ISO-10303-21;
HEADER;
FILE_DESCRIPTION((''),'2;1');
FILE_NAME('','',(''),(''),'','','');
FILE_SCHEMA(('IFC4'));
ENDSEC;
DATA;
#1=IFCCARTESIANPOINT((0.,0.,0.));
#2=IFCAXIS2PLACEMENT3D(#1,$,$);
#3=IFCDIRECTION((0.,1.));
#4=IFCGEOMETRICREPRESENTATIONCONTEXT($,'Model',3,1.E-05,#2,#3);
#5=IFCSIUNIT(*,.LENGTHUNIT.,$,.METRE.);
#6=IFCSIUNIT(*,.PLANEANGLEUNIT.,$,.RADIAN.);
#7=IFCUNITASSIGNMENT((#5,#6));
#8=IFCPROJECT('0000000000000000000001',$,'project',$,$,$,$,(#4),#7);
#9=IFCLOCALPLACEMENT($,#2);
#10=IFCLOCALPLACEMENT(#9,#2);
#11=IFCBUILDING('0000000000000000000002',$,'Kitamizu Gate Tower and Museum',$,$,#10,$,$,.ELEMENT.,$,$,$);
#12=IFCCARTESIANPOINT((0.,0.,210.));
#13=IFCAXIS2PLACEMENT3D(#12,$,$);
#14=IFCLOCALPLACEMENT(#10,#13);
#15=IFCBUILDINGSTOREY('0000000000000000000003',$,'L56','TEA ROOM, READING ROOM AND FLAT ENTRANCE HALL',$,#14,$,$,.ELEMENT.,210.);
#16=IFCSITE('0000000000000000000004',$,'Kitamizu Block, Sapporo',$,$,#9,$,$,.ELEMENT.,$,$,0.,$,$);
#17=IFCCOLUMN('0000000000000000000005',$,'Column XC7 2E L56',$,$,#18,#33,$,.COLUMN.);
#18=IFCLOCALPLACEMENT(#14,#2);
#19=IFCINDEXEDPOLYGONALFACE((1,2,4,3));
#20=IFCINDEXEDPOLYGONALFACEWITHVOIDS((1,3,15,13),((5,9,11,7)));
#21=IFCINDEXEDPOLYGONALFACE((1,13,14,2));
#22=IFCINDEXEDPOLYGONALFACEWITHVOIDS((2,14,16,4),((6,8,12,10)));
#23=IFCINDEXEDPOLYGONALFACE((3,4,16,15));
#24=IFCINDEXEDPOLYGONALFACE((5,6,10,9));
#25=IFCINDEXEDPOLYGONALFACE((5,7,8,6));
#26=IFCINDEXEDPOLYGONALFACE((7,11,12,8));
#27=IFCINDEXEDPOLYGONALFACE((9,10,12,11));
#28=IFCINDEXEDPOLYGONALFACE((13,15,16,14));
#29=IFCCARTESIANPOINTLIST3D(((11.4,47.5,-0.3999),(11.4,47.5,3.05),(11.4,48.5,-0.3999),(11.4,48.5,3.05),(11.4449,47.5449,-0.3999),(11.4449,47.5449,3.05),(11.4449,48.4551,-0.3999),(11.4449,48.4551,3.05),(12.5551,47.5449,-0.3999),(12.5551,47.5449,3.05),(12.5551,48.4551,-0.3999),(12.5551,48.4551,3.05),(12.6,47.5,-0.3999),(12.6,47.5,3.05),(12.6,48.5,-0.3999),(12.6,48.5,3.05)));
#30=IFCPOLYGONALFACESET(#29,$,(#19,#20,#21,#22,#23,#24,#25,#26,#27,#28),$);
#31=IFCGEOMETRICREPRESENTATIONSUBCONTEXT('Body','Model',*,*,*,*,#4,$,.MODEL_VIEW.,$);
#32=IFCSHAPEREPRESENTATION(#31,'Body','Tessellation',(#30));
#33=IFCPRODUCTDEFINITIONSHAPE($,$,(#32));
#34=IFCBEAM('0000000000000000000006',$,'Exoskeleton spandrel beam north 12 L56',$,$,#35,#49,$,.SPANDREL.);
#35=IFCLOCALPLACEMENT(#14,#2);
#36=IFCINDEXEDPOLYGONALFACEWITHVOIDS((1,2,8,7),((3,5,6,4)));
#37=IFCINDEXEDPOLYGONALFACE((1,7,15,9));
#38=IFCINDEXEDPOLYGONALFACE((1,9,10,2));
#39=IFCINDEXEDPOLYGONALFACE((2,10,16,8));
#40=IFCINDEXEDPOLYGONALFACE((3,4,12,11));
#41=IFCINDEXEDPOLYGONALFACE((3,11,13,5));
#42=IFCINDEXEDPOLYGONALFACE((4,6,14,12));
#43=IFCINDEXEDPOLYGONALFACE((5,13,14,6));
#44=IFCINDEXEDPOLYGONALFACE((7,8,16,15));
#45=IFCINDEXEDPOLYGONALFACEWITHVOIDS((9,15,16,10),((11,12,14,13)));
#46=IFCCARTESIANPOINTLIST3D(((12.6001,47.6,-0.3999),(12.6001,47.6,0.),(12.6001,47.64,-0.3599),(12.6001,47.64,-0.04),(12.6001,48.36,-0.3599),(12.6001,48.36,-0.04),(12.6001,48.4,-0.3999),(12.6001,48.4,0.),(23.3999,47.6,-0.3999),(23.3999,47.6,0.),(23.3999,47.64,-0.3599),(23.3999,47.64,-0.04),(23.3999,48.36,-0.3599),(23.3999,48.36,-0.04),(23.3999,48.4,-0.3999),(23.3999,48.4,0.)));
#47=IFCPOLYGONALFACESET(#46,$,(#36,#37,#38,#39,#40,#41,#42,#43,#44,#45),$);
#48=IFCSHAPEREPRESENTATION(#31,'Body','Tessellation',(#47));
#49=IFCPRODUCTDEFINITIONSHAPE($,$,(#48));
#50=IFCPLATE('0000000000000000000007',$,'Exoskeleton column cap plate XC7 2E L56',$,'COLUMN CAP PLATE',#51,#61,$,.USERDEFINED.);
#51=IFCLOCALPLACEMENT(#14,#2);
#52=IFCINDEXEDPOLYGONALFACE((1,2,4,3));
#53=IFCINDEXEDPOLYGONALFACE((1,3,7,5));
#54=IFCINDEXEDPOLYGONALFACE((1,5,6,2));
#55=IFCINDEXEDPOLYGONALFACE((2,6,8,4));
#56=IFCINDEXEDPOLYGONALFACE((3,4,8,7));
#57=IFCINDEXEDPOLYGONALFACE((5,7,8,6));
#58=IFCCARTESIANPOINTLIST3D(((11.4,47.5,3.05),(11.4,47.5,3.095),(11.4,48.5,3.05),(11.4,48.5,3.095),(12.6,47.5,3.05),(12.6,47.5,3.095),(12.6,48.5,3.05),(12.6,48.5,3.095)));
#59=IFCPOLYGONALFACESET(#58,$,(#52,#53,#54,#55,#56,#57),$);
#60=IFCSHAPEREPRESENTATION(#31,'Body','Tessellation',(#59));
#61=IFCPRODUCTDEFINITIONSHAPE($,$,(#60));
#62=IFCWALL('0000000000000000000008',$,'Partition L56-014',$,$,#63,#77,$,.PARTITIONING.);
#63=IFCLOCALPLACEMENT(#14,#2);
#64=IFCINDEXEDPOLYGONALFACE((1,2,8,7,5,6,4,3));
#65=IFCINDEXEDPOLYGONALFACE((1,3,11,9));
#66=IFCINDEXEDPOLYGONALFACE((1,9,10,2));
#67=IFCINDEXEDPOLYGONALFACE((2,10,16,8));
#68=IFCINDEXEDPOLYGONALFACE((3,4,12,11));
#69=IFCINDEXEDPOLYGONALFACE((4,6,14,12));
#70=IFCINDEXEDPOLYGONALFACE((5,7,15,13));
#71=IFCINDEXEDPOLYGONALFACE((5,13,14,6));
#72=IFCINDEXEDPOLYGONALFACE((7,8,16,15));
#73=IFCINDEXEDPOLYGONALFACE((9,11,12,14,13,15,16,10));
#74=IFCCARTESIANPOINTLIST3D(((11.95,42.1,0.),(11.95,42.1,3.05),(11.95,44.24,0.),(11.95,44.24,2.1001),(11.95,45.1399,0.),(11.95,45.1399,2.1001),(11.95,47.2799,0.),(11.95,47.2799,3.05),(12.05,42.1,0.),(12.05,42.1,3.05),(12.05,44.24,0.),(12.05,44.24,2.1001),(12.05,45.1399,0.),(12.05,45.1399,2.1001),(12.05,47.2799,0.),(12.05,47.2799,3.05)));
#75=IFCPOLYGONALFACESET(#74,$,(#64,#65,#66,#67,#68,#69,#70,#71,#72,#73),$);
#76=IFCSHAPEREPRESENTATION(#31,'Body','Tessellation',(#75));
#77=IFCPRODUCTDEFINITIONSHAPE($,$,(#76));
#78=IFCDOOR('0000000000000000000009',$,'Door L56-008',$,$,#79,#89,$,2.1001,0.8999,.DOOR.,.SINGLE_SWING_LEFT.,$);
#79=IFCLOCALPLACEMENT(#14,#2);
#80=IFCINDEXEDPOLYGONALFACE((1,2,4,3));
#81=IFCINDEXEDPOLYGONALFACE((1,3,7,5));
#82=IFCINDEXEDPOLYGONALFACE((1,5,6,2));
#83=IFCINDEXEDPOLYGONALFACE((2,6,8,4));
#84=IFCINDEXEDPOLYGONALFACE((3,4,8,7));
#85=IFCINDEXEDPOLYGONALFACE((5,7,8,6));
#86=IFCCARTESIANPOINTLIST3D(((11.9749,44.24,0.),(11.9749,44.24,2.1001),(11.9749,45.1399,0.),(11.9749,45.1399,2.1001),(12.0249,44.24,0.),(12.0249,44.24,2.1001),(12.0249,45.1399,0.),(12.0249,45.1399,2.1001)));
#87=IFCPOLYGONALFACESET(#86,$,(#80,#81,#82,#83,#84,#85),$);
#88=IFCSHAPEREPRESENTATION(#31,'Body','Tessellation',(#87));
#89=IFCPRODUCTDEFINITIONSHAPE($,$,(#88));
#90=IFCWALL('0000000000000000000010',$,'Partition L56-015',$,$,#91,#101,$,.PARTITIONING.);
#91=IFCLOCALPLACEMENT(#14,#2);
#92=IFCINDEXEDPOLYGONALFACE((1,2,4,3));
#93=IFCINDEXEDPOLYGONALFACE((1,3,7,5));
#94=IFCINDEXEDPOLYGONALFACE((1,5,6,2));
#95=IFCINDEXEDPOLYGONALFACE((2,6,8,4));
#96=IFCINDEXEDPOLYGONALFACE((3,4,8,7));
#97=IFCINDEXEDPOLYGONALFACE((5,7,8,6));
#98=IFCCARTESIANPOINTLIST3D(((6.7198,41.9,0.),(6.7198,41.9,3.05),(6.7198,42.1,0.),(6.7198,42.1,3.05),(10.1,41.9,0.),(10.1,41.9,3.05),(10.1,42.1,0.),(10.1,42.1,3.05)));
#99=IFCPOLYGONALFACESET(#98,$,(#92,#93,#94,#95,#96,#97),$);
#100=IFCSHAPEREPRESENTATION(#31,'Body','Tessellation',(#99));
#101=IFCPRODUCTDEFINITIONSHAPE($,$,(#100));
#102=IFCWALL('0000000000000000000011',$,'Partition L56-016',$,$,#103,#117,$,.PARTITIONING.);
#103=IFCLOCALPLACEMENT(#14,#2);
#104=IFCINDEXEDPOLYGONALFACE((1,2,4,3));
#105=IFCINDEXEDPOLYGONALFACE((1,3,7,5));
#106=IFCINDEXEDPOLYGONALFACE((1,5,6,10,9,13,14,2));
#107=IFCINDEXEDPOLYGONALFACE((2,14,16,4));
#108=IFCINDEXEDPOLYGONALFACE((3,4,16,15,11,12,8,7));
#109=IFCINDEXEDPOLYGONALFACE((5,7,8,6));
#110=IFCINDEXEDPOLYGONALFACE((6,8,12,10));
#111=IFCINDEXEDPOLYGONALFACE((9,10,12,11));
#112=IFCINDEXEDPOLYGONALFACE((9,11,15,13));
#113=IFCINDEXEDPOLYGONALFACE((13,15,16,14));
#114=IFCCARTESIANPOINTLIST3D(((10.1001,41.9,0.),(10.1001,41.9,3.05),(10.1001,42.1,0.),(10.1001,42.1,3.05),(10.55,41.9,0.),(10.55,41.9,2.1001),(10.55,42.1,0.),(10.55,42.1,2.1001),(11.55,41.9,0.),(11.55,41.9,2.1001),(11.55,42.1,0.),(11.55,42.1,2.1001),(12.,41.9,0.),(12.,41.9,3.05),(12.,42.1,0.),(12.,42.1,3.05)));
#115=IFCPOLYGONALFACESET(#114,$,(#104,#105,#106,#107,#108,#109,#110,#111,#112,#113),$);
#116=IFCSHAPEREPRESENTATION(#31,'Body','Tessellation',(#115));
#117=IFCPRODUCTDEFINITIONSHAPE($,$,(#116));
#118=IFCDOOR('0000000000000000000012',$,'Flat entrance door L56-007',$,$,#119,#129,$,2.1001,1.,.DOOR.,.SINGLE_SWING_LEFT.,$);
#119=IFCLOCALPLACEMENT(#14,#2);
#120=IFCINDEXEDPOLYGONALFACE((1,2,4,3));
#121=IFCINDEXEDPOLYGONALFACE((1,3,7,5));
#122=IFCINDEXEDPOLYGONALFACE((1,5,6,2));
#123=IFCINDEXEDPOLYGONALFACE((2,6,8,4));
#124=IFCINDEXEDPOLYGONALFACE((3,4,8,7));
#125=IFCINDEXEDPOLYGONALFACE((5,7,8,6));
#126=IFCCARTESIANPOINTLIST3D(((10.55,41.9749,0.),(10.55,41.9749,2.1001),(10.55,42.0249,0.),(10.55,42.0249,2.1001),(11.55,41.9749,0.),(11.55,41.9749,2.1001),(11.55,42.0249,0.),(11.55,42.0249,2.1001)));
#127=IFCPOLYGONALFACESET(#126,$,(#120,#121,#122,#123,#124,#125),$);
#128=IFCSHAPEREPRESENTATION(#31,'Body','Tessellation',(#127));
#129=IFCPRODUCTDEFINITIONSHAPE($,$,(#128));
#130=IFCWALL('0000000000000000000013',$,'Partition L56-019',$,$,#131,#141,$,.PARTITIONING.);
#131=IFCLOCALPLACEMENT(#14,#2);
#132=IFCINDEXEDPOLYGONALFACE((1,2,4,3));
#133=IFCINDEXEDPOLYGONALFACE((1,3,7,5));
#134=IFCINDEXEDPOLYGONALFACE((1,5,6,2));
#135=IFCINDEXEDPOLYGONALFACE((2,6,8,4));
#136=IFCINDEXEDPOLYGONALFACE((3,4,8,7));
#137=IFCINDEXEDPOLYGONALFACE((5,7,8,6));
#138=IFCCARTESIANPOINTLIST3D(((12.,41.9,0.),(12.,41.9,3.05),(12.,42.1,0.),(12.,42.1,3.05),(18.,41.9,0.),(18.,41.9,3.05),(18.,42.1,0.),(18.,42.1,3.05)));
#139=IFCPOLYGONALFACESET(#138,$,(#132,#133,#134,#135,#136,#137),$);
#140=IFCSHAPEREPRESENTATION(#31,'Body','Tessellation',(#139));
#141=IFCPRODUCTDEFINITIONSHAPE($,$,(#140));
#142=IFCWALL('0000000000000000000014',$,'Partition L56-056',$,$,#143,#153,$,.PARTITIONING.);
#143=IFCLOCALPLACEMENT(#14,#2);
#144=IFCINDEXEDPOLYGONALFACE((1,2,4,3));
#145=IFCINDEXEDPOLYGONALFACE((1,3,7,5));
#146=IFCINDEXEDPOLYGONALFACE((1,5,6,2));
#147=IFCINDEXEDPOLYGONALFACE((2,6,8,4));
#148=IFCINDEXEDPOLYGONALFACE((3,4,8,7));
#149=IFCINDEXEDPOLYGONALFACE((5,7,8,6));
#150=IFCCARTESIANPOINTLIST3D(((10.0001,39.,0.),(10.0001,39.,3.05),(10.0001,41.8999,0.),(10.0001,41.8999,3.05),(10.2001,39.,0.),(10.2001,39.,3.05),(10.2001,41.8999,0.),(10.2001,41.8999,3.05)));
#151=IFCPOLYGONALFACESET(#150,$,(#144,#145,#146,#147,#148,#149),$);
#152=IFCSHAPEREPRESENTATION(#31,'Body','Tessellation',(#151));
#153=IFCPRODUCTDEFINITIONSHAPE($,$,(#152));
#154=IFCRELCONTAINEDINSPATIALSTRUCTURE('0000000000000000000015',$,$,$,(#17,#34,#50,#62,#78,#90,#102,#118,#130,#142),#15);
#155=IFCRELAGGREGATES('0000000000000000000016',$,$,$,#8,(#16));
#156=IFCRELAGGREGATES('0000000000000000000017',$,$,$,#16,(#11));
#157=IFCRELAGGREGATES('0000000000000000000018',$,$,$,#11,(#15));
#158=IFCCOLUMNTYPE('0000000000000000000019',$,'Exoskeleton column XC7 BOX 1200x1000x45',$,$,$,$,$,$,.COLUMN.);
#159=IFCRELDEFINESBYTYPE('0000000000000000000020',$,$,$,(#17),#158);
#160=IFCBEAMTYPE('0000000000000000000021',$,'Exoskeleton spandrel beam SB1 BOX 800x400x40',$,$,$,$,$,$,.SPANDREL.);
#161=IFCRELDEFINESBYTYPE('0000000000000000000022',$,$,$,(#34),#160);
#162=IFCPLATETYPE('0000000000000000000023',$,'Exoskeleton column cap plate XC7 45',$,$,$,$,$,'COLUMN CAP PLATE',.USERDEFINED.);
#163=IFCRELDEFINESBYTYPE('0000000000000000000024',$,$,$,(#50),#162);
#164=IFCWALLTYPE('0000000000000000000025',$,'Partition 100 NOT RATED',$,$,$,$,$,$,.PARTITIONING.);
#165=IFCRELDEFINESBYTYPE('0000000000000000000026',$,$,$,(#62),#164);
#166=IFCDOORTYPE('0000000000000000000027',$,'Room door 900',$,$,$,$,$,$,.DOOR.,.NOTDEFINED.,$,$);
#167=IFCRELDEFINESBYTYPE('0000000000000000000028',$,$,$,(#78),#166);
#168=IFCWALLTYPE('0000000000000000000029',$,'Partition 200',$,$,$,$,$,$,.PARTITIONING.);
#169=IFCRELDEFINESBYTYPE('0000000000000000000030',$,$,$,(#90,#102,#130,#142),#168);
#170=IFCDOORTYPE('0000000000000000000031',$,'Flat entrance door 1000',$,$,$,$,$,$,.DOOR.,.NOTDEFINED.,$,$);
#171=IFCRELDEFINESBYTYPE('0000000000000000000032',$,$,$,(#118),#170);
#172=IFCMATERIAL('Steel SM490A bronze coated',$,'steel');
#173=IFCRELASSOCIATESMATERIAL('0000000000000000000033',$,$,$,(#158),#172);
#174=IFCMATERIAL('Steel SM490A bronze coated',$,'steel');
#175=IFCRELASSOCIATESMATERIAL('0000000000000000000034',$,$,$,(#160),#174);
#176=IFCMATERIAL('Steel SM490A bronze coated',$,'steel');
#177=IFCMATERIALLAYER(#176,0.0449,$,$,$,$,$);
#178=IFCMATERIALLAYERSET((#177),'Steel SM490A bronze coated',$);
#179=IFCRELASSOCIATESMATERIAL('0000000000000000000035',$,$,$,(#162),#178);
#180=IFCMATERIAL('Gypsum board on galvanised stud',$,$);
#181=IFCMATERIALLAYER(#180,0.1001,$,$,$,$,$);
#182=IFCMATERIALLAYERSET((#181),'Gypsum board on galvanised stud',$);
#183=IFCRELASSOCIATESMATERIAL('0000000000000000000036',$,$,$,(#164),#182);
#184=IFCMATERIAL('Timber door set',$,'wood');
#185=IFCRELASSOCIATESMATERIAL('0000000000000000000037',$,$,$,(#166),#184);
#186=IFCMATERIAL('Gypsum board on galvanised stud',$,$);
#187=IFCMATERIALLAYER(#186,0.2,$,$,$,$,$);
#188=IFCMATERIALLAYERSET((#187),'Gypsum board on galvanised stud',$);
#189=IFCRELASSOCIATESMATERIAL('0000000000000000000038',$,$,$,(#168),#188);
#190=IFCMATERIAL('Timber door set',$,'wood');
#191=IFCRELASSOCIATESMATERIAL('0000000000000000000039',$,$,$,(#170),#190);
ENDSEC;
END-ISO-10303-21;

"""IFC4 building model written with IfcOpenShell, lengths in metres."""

from ifc_helpers import new_model, si_unit, direction, frame, frame_2d, origin, origin_2d, place, context, subcontext, project, spatial, rectangle, hollow_rectangle, extrude, material, layer, layer_set, material_profile, profile_set, type_object, element, fill, save


model = new_model("IFC4")

# Units and contexts
model_context = context("Model", 3, precision=1e-05, world=origin(), true_north=direction((0.0, 1.0)))
body_context = subcontext(model_context, "Body", "Model", "MODEL_VIEW")
ifc_project = project(units=[si_unit("LENGTHUNIT", "METRE"), si_unit("PLANEANGLEUNIT", "RADIAN")], contexts=[model_context])

# Site, building, storey
site_placement = place(None, origin())
site = spatial("IfcSite", under=ifc_project, at=site_placement, Name="Kitamizu Block, Sapporo", CompositionType="ELEMENT", RefElevation=0.0)
building_placement = place(site_placement, origin())
building = spatial("IfcBuilding", under=site, at=building_placement, Name="Kitamizu Gate Tower and Museum", CompositionType="ELEMENT")
storey_placement = place(building_placement, frame((0.0, 0.0, 210.0)))
storey = spatial("IfcBuildingStorey", under=building, at=storey_placement, Name="L56", Description="TEA ROOM, READING ROOM AND FLAT ENTRANCE HALL", CompositionType="ELEMENT", Elevation=210.0)

# Column
ifc_material_1 = material(Name="Steel SM490A bronze coated", Category="steel")
ifc_material_profile_1 = material_profile(ifc_material_1, hollow_rectangle(XDim=1.2, YDim=1.0, WallThickness=0.0449, at=origin_2d()), Name="BOX 1200x1000x45")
ifc_profile_set_1 = profile_set([ifc_material_profile_1], Name="Steel SM490A bronze coated")
column_type = type_object("IfcColumnType", Name="Exoskeleton column XC7 BOX 1200x1000x45", PredefinedType="COLUMN", material=ifc_profile_set_1)
column_placement = place(storey_placement, frame((12.0, 48.0, -0.3999), z_axis=(0.0, 0.0, 1.0), x_axis=(1.0, 0.0, 0.0)))
element("IfcColumn", 1, at=column_placement, inside=storey, type_object=column_type, Name="Column XC7 2E L56", PredefinedType="COLUMN", context=body_context, shape_type="SweptSolid", body=[
    extrude(hollow_rectangle(XDim=1.2, YDim=1.0, WallThickness=0.0449, at=origin_2d()), origin(), (0.0, 0.0, 1.0), 3.45),
])

# Beam
ifc_material_2 = material(Name="Steel SM490A bronze coated", Category="steel")
ifc_material_profile_2 = material_profile(ifc_material_2, hollow_rectangle(XDim=0.8, YDim=0.3999, WallThickness=0.04, at=origin_2d()), Name="BOX 800x400x40")
ifc_profile_set_2 = profile_set([ifc_material_profile_2], Name="Steel SM490A bronze coated")
beam_type = type_object("IfcBeamType", Name="Exoskeleton spandrel beam SB1 BOX 800x400x40", PredefinedType="SPANDREL", material=ifc_profile_set_2)
beam_placement = place(storey_placement, frame((12.6001, 48.0, -0.2), z_axis=(1.0, 0.0, 0.0), x_axis=(0.0, 1.0, 0.0)))
element("IfcBeam", 2, at=beam_placement, inside=storey, type_object=beam_type, Name="Exoskeleton spandrel beam north 12 L56", PredefinedType="SPANDREL", context=body_context, shape_type="SweptSolid", body=[
    extrude(hollow_rectangle(XDim=0.8, YDim=0.3999, WallThickness=0.04, at=origin_2d()), origin(), (0.0, 0.0, 1.0), 10.7998),
])

# Plate
ifc_material_3 = material(Name="Steel SM490A bronze coated", Category="steel")
ifc_layer_1 = layer(ifc_material_3, 0.0449)
ifc_layer_set_1 = layer_set([ifc_layer_1], Name="Steel SM490A bronze coated")
plate_type = type_object("IfcPlateType", Name="Exoskeleton column cap plate XC7 45", ElementType="COLUMN CAP PLATE", PredefinedType="USERDEFINED", material=ifc_layer_set_1)
plate_placement = place(storey_placement, frame((12.0, 48.0, 3.05), z_axis=(0.0, 0.0, 1.0), x_axis=(1.0, 0.0, 0.0)))
element("IfcPlate", 3, at=plate_placement, inside=storey, type_object=plate_type, Name="Exoskeleton column cap plate XC7 2E L56", ObjectType="COLUMN CAP PLATE", PredefinedType="USERDEFINED", context=body_context, shape_type="SweptSolid", body=[
    extrude(rectangle(XDim=1.2, YDim=1.0, at=origin_2d()), origin(), (0.0, 0.0, 1.0), 0.0449),
])

# Wall, opening, door
ifc_material_4 = material(Name="Gypsum board on galvanised stud")
ifc_layer_2 = layer(ifc_material_4, 0.1001)
ifc_layer_set_2 = layer_set([ifc_layer_2], Name="Gypsum board on galvanised stud")
wall_type_1 = type_object("IfcWallType", Name="Partition 100 NOT RATED", PredefinedType="PARTITIONING", material=ifc_layer_set_2)
wall_1_placement = place(storey_placement, frame((12.0, 42.1001, 0.0), z_axis=(0.0, 0.0, 1.0), x_axis=(0.0, 1.0, 0.0)))
wall_1 = element("IfcWall", 4, at=wall_1_placement, inside=storey, type_object=wall_type_1, Name="Partition L56-014", PredefinedType="PARTITIONING", context=body_context, shape_type="SweptSolid", body=[
    extrude(rectangle(XDim=5.1799, YDim=0.1001, at=frame_2d((2.5898, 0.0))), origin(), (0.0, 0.0, 1.0), 3.05),
])
opening_1_placement = place(wall_1_placement, frame((2.1399, 0.0, 0.0)))
opening_1 = element("IfcOpeningElement", 5, at=opening_1_placement, cuts=wall_1, PredefinedType="OPENING", context=body_context, shape_type="SweptSolid", body=[
    extrude(rectangle(XDim=0.8999, YDim=2.1001, at=frame_2d((0.45, 1.05))), frame((0.0, 0.0601, 0.0), z_axis=(0.0, -1.0, 0.0), x_axis=(1.0, 0.0, 0.0)), (0.0, 0.0, 1.0), 0.1201),
])
ifc_material_5 = material(Name="Timber door set", Category="wood")
door_type_1 = type_object("IfcDoorType", Name="Room door 900", OperationType="NOTDEFINED", PredefinedType="DOOR", material=ifc_material_5)
door_1_placement = place(opening_1_placement, frame((0.8999, 0.0, 0.0), x_axis=(-1.0, 0.0, 0.0)))
door_1 = element("IfcDoor", 6, at=door_1_placement, inside=storey, type_object=door_type_1, Name="Door L56-008", OperationType="SINGLE_SWING_LEFT", OverallHeight=2.1001, OverallWidth=0.8999, PredefinedType="DOOR", context=body_context, shape_type="SweptSolid", body=[
    extrude(rectangle(XDim=0.8999, YDim=2.1001, at=frame_2d((0.45, 1.05))), frame((0.0, 0.0249, 0.0), z_axis=(0.0, -1.0, 0.0), x_axis=(1.0, 0.0, 0.0)), (0.0, 0.0, 1.0), 0.05),
])
fill(opening_1, door_1)

# Wall
ifc_material_6 = material(Name="Gypsum board on galvanised stud")
ifc_layer_3 = layer(ifc_material_6, 0.2)
ifc_layer_set_3 = layer_set([ifc_layer_3], Name="Gypsum board on galvanised stud")
wall_type_2 = type_object("IfcWallType", Name="Partition 200", PredefinedType="PARTITIONING", material=ifc_layer_set_3)
wall_2_placement = place(storey_placement, frame((6.72, 42.0, 0.0), z_axis=(0.0, 0.0, 1.0), x_axis=(1.0, 0.0, 0.0)))
element("IfcWall", 7, at=wall_2_placement, inside=storey, type_object=wall_type_2, Name="Partition L56-015", PredefinedType="PARTITIONING", context=body_context, shape_type="SweptSolid", body=[
    extrude(rectangle(XDim=3.3801, YDim=0.2, at=frame_2d((1.6899, 0.0))), origin(), (0.0, 0.0, 1.0), 3.05),
])

# Wall, opening, door
wall_3_placement = place(storey_placement, frame((10.1001, 42.0, 0.0), z_axis=(0.0, 0.0, 1.0), x_axis=(1.0, 0.0, 0.0)))
wall_3 = element("IfcWall", 8, at=wall_3_placement, inside=storey, type_object=wall_type_2, Name="Partition L56-016", PredefinedType="PARTITIONING", context=body_context, shape_type="SweptSolid", body=[
    extrude(rectangle(XDim=1.8999, YDim=0.2, at=frame_2d((0.95, 0.0))), origin(), (0.0, 0.0, 1.0), 3.05),
])
opening_2_placement = place(wall_3_placement, frame((0.45, 0.0, 0.0)))
opening_2 = element("IfcOpeningElement", 9, at=opening_2_placement, cuts=wall_3, PredefinedType="OPENING", context=body_context, shape_type="SweptSolid", body=[
    extrude(rectangle(XDim=1.0, YDim=2.1001, at=frame_2d((0.5, 1.05))), frame((0.0, 0.1099, 0.0), z_axis=(0.0, -1.0, 0.0), x_axis=(1.0, 0.0, 0.0)), (0.0, 0.0, 1.0), 0.22),
])
ifc_material_7 = material(Name="Timber door set", Category="wood")
door_type_2 = type_object("IfcDoorType", Name="Flat entrance door 1000", OperationType="NOTDEFINED", PredefinedType="DOOR", material=ifc_material_7)
door_2_placement = place(opening_2_placement, origin())
door_2 = element("IfcDoor", 10, at=door_2_placement, inside=storey, type_object=door_type_2, Name="Flat entrance door L56-007", OperationType="SINGLE_SWING_LEFT", OverallHeight=2.1001, OverallWidth=1.0, PredefinedType="DOOR", context=body_context, shape_type="SweptSolid", body=[
    extrude(rectangle(XDim=1.0, YDim=2.1001, at=frame_2d((0.5, 1.05))), frame((0.0, 0.0249, 0.0), z_axis=(0.0, -1.0, 0.0), x_axis=(1.0, 0.0, 0.0)), (0.0, 0.0, 1.0), 0.05),
])
fill(opening_2, door_2)

# Walls
wall_4_placement = place(storey_placement, frame((12.0, 42.0, 0.0), z_axis=(0.0, 0.0, 1.0), x_axis=(1.0, 0.0, 0.0)))
element("IfcWall", 11, at=wall_4_placement, inside=storey, type_object=wall_type_2, Name="Partition L56-019", PredefinedType="PARTITIONING", context=body_context, shape_type="SweptSolid", body=[
    extrude(rectangle(XDim=6.0, YDim=0.2, at=frame_2d((3.0, 0.0))), origin(), (0.0, 0.0, 1.0), 3.05),
])
wall_5_placement = place(storey_placement, frame((10.1001, 39.0, 0.0), z_axis=(0.0, 0.0, 1.0), x_axis=(0.0, 1.0, 0.0)))
element("IfcWall", 12, at=wall_5_placement, inside=storey, type_object=wall_type_2, Name="Partition L56-056", PredefinedType="PARTITIONING", context=body_context, shape_type="SweptSolid", body=[
    extrude(rectangle(XDim=2.8999, YDim=0.2, at=frame_2d((1.45, 0.0))), origin(), (0.0, 0.0, 1.0), 3.05),
])

save(model, "model.ifc")
